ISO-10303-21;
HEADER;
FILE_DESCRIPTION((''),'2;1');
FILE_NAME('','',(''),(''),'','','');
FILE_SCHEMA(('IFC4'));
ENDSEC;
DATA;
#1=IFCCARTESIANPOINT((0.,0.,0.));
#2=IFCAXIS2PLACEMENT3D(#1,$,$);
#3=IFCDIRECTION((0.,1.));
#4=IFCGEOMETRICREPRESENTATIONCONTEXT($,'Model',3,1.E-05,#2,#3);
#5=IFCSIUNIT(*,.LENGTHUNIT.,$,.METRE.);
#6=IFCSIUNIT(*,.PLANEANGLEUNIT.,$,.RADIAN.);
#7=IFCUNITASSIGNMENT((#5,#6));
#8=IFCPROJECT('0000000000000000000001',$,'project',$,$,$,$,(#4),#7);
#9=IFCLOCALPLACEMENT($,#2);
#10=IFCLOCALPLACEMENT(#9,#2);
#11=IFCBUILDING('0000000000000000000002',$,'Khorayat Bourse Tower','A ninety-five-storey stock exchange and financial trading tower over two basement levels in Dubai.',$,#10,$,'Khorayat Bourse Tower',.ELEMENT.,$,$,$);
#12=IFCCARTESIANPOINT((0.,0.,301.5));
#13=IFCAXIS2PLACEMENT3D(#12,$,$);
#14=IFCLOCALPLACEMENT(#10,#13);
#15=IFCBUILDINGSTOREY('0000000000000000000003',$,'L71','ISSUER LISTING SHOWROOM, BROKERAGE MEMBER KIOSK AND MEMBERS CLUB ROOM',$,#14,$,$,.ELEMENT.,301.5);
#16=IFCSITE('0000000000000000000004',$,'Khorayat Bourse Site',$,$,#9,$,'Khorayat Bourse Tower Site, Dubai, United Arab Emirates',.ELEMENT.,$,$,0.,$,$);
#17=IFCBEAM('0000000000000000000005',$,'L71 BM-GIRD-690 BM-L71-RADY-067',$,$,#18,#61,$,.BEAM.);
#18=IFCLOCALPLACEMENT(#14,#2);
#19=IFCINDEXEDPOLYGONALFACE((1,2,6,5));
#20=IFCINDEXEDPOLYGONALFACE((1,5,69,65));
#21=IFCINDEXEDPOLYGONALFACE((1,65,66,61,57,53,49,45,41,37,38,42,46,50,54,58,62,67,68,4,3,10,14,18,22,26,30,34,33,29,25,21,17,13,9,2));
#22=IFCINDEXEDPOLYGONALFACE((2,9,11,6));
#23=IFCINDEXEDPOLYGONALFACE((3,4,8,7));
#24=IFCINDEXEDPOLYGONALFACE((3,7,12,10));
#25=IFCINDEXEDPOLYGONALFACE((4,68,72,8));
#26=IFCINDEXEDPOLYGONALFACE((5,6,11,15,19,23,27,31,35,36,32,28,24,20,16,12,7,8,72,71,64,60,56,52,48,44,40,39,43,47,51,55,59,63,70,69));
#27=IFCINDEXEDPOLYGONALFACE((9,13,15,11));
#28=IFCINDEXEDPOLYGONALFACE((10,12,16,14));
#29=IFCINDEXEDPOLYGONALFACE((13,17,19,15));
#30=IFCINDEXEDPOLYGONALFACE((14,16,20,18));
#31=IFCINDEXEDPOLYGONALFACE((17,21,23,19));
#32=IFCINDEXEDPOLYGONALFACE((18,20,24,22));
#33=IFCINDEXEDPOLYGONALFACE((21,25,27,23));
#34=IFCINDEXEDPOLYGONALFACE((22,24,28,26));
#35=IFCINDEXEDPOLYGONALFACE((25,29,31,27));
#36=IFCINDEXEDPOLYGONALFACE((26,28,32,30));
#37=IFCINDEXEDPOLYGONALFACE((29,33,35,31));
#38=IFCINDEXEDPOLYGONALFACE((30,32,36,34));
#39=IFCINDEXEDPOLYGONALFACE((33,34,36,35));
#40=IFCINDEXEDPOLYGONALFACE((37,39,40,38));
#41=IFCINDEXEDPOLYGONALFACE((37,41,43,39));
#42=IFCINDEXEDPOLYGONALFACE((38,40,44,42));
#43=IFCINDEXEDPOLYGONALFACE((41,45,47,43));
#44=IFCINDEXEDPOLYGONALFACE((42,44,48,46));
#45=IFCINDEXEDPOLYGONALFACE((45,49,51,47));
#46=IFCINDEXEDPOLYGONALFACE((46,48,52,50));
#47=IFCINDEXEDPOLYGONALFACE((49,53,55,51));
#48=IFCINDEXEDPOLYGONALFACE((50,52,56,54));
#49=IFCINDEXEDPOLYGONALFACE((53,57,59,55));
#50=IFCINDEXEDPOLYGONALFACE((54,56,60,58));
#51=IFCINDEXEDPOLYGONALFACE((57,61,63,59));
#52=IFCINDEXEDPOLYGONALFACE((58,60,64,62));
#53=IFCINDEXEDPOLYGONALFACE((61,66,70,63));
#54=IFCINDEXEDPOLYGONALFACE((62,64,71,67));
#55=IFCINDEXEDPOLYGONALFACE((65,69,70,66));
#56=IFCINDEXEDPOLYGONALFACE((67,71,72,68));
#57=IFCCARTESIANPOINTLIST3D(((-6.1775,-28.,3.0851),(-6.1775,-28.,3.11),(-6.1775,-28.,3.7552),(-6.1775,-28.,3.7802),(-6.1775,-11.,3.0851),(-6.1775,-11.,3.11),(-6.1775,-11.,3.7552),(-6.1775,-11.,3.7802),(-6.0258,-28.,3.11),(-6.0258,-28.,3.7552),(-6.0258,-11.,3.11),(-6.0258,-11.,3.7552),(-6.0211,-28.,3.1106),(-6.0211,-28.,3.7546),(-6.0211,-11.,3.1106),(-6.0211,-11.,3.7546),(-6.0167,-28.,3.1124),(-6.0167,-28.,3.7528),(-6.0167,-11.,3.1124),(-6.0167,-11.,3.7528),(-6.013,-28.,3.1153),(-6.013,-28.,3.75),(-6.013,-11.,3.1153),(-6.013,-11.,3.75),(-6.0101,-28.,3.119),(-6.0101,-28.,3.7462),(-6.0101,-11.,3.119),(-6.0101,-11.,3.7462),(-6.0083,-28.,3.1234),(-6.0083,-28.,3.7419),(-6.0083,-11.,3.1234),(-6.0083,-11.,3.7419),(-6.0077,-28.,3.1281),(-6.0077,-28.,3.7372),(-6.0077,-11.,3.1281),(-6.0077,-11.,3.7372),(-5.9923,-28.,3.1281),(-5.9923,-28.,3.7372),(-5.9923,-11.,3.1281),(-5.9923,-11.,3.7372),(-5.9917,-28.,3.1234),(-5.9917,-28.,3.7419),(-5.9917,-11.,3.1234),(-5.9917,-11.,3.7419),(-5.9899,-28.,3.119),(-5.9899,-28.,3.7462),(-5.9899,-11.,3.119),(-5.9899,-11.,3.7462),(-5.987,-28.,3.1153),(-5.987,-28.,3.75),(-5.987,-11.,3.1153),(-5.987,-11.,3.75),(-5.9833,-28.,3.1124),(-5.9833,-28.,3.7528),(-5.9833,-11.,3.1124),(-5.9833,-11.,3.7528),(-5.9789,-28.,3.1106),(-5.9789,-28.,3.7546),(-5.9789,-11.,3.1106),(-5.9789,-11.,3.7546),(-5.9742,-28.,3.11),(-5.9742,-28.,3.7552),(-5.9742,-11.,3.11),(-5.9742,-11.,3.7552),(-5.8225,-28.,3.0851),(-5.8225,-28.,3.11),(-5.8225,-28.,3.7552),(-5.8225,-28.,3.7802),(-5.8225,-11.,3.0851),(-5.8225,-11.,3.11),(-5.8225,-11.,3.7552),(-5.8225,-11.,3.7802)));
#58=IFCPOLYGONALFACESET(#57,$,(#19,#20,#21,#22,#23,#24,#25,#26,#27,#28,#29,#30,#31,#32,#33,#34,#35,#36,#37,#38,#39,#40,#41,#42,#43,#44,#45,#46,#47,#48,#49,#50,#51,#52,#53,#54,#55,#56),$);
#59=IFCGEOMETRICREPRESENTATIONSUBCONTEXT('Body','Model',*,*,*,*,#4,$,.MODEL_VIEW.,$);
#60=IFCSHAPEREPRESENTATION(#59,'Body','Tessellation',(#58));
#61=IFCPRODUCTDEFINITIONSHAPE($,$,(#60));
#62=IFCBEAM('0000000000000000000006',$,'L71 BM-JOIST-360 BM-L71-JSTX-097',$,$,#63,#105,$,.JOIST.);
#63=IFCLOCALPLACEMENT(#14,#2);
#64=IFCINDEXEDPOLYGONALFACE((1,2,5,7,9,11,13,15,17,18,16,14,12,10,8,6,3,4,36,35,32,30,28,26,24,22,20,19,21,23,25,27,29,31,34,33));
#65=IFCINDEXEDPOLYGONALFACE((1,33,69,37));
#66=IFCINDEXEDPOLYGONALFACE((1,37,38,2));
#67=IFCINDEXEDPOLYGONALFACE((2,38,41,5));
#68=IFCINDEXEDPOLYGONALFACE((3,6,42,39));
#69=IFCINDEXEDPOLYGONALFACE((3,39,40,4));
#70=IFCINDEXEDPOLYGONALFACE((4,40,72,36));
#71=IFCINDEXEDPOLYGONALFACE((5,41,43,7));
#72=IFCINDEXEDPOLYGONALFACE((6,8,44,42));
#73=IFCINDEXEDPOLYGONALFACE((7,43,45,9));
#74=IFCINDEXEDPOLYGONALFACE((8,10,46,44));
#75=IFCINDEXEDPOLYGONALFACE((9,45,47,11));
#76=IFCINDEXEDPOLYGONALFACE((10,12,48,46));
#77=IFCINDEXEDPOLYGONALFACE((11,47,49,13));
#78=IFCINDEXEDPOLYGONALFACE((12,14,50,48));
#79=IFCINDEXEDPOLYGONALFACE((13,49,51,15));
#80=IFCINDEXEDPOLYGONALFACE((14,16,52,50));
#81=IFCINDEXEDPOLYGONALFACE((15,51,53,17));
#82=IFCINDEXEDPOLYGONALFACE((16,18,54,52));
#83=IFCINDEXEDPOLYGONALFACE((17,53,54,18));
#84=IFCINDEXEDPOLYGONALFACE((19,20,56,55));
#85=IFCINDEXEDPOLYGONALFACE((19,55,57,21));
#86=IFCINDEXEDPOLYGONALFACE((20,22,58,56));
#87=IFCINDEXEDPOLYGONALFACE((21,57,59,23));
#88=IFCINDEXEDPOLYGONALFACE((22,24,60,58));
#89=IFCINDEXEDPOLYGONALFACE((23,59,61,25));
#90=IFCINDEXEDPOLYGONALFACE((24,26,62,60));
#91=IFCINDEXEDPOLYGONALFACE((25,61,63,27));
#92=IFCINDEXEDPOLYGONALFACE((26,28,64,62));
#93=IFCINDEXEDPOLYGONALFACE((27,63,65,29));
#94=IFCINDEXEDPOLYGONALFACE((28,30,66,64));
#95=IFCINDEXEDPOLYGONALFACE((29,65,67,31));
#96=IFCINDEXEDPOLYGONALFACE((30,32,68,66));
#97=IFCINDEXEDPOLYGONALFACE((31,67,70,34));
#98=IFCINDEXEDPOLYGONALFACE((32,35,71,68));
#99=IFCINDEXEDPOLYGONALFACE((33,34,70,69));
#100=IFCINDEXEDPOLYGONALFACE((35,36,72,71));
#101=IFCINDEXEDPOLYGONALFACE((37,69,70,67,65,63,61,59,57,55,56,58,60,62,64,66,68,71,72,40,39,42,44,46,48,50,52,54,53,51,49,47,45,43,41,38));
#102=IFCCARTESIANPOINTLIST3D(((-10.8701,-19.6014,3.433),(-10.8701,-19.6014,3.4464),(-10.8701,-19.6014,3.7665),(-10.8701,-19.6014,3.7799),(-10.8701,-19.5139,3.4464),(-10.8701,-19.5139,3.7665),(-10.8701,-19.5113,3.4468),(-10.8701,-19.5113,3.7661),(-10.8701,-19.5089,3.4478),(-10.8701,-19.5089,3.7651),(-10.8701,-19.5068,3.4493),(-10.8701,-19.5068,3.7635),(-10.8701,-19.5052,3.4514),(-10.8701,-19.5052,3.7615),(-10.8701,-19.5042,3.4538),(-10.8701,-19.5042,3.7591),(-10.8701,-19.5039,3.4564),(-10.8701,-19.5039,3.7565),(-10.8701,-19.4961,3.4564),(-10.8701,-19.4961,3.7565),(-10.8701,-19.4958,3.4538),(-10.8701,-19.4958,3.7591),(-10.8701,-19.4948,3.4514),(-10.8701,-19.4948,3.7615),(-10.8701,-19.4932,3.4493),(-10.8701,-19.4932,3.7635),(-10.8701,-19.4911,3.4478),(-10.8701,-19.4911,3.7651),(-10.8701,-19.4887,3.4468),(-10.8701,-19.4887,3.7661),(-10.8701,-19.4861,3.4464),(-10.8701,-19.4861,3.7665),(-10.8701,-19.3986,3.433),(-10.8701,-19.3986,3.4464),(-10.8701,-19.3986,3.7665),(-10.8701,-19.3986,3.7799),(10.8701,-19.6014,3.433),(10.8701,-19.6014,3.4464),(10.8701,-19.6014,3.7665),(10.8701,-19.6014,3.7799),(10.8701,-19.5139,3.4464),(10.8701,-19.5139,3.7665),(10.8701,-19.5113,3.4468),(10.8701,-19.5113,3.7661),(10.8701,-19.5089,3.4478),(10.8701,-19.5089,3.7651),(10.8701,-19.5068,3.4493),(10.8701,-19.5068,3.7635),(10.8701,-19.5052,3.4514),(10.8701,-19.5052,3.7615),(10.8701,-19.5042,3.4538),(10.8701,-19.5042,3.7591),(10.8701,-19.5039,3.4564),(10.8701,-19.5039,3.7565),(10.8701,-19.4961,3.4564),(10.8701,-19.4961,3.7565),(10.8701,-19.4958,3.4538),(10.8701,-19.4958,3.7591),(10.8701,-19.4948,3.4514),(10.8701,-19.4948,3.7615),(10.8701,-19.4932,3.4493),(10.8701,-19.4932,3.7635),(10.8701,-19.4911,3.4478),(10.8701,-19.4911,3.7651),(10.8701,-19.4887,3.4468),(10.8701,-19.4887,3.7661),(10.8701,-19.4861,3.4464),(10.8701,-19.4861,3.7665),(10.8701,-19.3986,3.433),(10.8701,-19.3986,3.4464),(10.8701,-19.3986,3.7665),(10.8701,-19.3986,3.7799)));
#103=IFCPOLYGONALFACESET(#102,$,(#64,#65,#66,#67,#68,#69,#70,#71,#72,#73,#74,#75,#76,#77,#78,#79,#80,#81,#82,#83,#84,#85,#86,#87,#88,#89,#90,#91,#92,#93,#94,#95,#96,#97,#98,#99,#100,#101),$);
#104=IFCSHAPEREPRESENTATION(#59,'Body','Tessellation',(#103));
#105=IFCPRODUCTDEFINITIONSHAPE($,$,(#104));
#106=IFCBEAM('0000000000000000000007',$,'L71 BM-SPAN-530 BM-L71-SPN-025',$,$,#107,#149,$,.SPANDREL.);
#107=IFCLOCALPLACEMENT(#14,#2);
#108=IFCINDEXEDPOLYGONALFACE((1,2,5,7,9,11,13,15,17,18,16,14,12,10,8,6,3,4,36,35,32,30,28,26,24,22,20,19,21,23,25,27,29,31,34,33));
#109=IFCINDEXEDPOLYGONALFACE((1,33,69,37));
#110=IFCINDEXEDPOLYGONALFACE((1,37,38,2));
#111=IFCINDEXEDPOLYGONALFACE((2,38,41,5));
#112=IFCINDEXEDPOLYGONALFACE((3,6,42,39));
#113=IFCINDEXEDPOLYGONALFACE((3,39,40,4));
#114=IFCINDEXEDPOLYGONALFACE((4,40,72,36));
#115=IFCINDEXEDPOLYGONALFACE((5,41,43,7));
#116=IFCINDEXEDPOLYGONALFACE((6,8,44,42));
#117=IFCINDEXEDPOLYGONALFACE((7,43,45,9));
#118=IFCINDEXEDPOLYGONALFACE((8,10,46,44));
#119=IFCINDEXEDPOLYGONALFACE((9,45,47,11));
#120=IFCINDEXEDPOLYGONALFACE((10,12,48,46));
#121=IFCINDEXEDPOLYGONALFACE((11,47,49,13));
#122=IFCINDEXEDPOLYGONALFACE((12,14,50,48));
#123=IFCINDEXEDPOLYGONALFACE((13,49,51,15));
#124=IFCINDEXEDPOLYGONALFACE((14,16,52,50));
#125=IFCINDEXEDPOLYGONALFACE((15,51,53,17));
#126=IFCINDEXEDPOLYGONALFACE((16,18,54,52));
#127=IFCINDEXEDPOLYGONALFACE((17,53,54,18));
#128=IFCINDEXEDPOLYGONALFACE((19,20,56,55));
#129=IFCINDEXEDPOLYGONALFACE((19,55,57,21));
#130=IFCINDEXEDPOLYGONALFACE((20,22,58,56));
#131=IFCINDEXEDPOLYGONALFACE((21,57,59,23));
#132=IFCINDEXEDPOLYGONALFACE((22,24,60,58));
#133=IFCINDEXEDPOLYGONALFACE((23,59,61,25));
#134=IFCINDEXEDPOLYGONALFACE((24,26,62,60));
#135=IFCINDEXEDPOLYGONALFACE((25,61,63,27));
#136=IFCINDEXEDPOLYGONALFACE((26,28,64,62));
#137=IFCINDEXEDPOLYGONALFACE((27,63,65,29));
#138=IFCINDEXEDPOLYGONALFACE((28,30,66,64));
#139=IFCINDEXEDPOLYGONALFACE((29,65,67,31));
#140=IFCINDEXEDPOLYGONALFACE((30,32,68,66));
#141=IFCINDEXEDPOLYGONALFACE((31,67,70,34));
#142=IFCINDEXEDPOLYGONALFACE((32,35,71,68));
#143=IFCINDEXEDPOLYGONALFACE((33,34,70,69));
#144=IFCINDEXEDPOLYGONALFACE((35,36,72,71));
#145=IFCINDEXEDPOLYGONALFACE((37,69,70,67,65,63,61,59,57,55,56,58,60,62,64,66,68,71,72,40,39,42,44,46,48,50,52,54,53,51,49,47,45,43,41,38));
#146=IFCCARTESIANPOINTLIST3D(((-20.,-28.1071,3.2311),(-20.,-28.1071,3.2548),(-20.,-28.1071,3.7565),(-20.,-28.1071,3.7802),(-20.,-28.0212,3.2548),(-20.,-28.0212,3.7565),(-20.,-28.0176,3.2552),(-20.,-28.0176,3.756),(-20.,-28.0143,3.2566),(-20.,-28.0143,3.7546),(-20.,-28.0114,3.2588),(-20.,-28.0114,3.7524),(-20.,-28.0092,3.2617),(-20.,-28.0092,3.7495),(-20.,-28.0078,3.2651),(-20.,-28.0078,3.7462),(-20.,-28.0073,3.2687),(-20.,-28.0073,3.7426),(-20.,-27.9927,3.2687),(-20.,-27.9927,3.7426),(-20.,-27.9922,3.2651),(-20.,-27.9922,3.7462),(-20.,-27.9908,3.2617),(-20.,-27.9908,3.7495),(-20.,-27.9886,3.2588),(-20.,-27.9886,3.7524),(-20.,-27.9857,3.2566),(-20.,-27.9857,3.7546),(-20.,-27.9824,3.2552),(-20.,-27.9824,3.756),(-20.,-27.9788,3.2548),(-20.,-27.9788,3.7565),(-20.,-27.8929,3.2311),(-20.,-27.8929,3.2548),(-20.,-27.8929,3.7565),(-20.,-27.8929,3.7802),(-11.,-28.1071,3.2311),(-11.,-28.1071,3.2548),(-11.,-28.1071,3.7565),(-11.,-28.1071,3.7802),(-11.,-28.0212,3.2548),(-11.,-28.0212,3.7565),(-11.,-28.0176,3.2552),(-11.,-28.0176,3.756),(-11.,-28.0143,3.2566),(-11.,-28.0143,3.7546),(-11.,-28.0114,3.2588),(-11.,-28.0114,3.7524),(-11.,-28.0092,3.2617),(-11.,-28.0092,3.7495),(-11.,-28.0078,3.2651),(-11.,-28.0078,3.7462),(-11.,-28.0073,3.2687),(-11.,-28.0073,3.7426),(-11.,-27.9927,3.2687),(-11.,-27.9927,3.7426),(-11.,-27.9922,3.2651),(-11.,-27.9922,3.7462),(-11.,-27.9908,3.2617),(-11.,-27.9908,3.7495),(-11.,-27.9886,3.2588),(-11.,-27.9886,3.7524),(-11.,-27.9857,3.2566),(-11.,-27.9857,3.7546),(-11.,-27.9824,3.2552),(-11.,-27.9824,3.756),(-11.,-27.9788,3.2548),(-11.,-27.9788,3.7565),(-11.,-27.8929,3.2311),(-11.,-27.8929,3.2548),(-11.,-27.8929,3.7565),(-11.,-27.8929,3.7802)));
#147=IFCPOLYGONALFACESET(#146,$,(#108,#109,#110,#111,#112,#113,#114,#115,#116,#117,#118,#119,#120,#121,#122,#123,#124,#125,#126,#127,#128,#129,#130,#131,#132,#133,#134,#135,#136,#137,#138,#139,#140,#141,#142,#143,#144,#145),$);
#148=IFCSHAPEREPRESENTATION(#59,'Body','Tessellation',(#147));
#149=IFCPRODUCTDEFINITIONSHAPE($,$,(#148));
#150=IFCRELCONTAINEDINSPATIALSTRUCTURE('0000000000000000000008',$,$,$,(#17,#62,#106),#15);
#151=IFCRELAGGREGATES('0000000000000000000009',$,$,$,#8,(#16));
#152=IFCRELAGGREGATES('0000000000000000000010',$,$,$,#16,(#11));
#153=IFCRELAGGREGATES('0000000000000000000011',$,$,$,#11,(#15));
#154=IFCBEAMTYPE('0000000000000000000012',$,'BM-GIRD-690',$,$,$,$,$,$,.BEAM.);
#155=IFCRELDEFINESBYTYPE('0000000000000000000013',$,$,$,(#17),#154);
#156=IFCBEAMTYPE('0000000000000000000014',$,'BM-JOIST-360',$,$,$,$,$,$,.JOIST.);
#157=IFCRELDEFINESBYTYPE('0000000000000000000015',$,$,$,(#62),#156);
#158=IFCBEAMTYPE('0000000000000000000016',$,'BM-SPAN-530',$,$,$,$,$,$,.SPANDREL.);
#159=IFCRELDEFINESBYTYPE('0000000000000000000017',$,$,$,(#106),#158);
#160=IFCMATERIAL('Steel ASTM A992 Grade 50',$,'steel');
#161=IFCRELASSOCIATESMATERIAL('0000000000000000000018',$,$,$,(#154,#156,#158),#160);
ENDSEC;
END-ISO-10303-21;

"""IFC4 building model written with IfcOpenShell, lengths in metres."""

from ifc_helpers import new_model, si_unit, direction, frame, origin, origin_2d, place, context, subcontext, project, spatial, i_section, extrude, source, transform, mapped, material, material_profile, profile_set, type_object, element, save


model = new_model("IFC4")

# Units and contexts
model_context = context("Model", 3, precision=1e-05, world=origin(), true_north=direction((0.0, 1.0)))
body_context = subcontext(model_context, "Body", "Model", "MODEL_VIEW")
ifc_project = project(units=[si_unit("LENGTHUNIT", "METRE"), si_unit("PLANEANGLEUNIT", "RADIAN")], contexts=[model_context])

# Site, building, storey
site_placement = place(None, origin())
site = spatial("IfcSite", under=ifc_project, at=site_placement, Name="Khorayat Bourse Site", LongName="Khorayat Bourse Tower Site, Dubai, United Arab Emirates", CompositionType="ELEMENT", RefElevation=0.0)
building_placement = place(site_placement, origin())
building = spatial("IfcBuilding", under=site, at=building_placement, Name="Khorayat Bourse Tower", Description="A ninety-five-storey stock exchange and financial trading tower over two basement levels in Dubai.", LongName="Khorayat Bourse Tower", CompositionType="ELEMENT")
storey_placement = place(building_placement, frame((0.0, 0.0, 301.5)))
storey = spatial("IfcBuildingStorey", under=building, at=storey_placement, Name="L71", Description="ISSUER LISTING SHOWROOM, BROKERAGE MEMBER KIOSK AND MEMBERS CLUB ROOM", CompositionType="ELEMENT", Elevation=301.5)

# Shared definitions
ifc_material_1 = material(Name="Steel ASTM A992 Grade 50", Category="steel")

# Beams
ifc_material_profile_1 = material_profile(ifc_material_1, i_section(OverallWidth=0.355, OverallDepth=0.6951, WebThickness=0.0154, FlangeThickness=0.0249, FilletRadius=0.0181, at=origin_2d()), Name="W690X217")
ifc_profile_set_1 = profile_set([ifc_material_profile_1], Name="Steel ASTM A992 Grade 50")
beam_type_1 = type_object("IfcBeamType", Name="BM-GIRD-690", PredefinedType="BEAM", material=ifc_profile_set_1)
shared_shape_1 = source(origin(), body_context, "Body", "SweptSolid", [
    extrude(i_section(OverallWidth=0.355, OverallDepth=0.6951, WebThickness=0.0154, FlangeThickness=0.0249, FilletRadius=0.0181, at=origin_2d()), origin(), (0.0, 0.0, 1.0), 17.0),
])
for number, where, z_axis, x_axis, name in (
    (1, (-6.0, -28.0, 3.4326), (0.0, 1.0, 0.0), (-1.0, 0.0, 0.0), "L71 BM-GIRD-690 BM-L71-RADY-067"),
):
    element("IfcBeam", number, at=place(storey_placement, frame(where, z_axis=z_axis, x_axis=x_axis)), inside=storey, type_object=beam_type_1, Name=name, PredefinedType="BEAM", context=body_context, shape_type="MappedRepresentation", body=[
        mapped(shared_shape_1, transform((0.0, 0.0, 0.0), scale=1.0)),
    ])
ifc_material_profile_2 = material_profile(ifc_material_1, i_section(OverallWidth=0.2029, OverallDepth=0.3469, WebThickness=0.0078, FlangeThickness=0.0134, FilletRadius=0.01, at=origin_2d()), Name="W360X64")
ifc_profile_set_2 = profile_set([ifc_material_profile_2], Name="Steel ASTM A992 Grade 50")
beam_type_2 = type_object("IfcBeamType", Name="BM-JOIST-360", PredefinedType="JOIST", material=ifc_profile_set_2)
shared_shape_2 = source(origin(), body_context, "Body", "SweptSolid", [
    extrude(i_section(OverallWidth=0.2029, OverallDepth=0.3469, WebThickness=0.0078, FlangeThickness=0.0134, FilletRadius=0.01, at=origin_2d()), origin(), (0.0, 0.0, 1.0), 21.7402),
])
beam_1_placement = place(storey_placement, frame((-10.8701, -19.5, 3.6064), z_axis=(1.0, 0.0, 0.0), x_axis=(0.0, 1.0, 0.0)))
element("IfcBeam", 2, at=beam_1_placement, inside=storey, type_object=beam_type_2, Name="L71 BM-JOIST-360 BM-L71-JSTX-097", PredefinedType="JOIST", context=body_context, shape_type="MappedRepresentation", body=[
    mapped(shared_shape_2, transform((0.0, 0.0, 0.0), scale=1.0)),
])
ifc_material_profile_3 = material_profile(ifc_material_1, i_section(OverallWidth=0.2141, OverallDepth=0.5491, WebThickness=0.0146, FlangeThickness=0.0237, FilletRadius=0.0139, at=origin_2d()), Name="W530X138")
ifc_profile_set_3 = profile_set([ifc_material_profile_3], Name="Steel ASTM A992 Grade 50")
beam_type_3 = type_object("IfcBeamType", Name="BM-SPAN-530", PredefinedType="SPANDREL", material=ifc_profile_set_3)
shared_shape_3 = source(origin(), body_context, "Body", "SweptSolid", [
    extrude(i_section(OverallWidth=0.2141, OverallDepth=0.5491, WebThickness=0.0146, FlangeThickness=0.0237, FilletRadius=0.0139, at=origin_2d()), origin(), (0.0, 0.0, 1.0), 9.0),
])
beam_2_placement = place(storey_placement, frame((-20.0, -28.0, 3.5056), z_axis=(1.0, 0.0, 0.0), x_axis=(0.0, 1.0, 0.0)))
element("IfcBeam", 3, at=beam_2_placement, inside=storey, type_object=beam_type_3, Name="L71 BM-SPAN-530 BM-L71-SPN-025", PredefinedType="SPANDREL", context=body_context, shape_type="MappedRepresentation", body=[
    mapped(shared_shape_3, transform((0.0, 0.0, 0.0), scale=1.0)),
])

save(model, "model.ifc")
